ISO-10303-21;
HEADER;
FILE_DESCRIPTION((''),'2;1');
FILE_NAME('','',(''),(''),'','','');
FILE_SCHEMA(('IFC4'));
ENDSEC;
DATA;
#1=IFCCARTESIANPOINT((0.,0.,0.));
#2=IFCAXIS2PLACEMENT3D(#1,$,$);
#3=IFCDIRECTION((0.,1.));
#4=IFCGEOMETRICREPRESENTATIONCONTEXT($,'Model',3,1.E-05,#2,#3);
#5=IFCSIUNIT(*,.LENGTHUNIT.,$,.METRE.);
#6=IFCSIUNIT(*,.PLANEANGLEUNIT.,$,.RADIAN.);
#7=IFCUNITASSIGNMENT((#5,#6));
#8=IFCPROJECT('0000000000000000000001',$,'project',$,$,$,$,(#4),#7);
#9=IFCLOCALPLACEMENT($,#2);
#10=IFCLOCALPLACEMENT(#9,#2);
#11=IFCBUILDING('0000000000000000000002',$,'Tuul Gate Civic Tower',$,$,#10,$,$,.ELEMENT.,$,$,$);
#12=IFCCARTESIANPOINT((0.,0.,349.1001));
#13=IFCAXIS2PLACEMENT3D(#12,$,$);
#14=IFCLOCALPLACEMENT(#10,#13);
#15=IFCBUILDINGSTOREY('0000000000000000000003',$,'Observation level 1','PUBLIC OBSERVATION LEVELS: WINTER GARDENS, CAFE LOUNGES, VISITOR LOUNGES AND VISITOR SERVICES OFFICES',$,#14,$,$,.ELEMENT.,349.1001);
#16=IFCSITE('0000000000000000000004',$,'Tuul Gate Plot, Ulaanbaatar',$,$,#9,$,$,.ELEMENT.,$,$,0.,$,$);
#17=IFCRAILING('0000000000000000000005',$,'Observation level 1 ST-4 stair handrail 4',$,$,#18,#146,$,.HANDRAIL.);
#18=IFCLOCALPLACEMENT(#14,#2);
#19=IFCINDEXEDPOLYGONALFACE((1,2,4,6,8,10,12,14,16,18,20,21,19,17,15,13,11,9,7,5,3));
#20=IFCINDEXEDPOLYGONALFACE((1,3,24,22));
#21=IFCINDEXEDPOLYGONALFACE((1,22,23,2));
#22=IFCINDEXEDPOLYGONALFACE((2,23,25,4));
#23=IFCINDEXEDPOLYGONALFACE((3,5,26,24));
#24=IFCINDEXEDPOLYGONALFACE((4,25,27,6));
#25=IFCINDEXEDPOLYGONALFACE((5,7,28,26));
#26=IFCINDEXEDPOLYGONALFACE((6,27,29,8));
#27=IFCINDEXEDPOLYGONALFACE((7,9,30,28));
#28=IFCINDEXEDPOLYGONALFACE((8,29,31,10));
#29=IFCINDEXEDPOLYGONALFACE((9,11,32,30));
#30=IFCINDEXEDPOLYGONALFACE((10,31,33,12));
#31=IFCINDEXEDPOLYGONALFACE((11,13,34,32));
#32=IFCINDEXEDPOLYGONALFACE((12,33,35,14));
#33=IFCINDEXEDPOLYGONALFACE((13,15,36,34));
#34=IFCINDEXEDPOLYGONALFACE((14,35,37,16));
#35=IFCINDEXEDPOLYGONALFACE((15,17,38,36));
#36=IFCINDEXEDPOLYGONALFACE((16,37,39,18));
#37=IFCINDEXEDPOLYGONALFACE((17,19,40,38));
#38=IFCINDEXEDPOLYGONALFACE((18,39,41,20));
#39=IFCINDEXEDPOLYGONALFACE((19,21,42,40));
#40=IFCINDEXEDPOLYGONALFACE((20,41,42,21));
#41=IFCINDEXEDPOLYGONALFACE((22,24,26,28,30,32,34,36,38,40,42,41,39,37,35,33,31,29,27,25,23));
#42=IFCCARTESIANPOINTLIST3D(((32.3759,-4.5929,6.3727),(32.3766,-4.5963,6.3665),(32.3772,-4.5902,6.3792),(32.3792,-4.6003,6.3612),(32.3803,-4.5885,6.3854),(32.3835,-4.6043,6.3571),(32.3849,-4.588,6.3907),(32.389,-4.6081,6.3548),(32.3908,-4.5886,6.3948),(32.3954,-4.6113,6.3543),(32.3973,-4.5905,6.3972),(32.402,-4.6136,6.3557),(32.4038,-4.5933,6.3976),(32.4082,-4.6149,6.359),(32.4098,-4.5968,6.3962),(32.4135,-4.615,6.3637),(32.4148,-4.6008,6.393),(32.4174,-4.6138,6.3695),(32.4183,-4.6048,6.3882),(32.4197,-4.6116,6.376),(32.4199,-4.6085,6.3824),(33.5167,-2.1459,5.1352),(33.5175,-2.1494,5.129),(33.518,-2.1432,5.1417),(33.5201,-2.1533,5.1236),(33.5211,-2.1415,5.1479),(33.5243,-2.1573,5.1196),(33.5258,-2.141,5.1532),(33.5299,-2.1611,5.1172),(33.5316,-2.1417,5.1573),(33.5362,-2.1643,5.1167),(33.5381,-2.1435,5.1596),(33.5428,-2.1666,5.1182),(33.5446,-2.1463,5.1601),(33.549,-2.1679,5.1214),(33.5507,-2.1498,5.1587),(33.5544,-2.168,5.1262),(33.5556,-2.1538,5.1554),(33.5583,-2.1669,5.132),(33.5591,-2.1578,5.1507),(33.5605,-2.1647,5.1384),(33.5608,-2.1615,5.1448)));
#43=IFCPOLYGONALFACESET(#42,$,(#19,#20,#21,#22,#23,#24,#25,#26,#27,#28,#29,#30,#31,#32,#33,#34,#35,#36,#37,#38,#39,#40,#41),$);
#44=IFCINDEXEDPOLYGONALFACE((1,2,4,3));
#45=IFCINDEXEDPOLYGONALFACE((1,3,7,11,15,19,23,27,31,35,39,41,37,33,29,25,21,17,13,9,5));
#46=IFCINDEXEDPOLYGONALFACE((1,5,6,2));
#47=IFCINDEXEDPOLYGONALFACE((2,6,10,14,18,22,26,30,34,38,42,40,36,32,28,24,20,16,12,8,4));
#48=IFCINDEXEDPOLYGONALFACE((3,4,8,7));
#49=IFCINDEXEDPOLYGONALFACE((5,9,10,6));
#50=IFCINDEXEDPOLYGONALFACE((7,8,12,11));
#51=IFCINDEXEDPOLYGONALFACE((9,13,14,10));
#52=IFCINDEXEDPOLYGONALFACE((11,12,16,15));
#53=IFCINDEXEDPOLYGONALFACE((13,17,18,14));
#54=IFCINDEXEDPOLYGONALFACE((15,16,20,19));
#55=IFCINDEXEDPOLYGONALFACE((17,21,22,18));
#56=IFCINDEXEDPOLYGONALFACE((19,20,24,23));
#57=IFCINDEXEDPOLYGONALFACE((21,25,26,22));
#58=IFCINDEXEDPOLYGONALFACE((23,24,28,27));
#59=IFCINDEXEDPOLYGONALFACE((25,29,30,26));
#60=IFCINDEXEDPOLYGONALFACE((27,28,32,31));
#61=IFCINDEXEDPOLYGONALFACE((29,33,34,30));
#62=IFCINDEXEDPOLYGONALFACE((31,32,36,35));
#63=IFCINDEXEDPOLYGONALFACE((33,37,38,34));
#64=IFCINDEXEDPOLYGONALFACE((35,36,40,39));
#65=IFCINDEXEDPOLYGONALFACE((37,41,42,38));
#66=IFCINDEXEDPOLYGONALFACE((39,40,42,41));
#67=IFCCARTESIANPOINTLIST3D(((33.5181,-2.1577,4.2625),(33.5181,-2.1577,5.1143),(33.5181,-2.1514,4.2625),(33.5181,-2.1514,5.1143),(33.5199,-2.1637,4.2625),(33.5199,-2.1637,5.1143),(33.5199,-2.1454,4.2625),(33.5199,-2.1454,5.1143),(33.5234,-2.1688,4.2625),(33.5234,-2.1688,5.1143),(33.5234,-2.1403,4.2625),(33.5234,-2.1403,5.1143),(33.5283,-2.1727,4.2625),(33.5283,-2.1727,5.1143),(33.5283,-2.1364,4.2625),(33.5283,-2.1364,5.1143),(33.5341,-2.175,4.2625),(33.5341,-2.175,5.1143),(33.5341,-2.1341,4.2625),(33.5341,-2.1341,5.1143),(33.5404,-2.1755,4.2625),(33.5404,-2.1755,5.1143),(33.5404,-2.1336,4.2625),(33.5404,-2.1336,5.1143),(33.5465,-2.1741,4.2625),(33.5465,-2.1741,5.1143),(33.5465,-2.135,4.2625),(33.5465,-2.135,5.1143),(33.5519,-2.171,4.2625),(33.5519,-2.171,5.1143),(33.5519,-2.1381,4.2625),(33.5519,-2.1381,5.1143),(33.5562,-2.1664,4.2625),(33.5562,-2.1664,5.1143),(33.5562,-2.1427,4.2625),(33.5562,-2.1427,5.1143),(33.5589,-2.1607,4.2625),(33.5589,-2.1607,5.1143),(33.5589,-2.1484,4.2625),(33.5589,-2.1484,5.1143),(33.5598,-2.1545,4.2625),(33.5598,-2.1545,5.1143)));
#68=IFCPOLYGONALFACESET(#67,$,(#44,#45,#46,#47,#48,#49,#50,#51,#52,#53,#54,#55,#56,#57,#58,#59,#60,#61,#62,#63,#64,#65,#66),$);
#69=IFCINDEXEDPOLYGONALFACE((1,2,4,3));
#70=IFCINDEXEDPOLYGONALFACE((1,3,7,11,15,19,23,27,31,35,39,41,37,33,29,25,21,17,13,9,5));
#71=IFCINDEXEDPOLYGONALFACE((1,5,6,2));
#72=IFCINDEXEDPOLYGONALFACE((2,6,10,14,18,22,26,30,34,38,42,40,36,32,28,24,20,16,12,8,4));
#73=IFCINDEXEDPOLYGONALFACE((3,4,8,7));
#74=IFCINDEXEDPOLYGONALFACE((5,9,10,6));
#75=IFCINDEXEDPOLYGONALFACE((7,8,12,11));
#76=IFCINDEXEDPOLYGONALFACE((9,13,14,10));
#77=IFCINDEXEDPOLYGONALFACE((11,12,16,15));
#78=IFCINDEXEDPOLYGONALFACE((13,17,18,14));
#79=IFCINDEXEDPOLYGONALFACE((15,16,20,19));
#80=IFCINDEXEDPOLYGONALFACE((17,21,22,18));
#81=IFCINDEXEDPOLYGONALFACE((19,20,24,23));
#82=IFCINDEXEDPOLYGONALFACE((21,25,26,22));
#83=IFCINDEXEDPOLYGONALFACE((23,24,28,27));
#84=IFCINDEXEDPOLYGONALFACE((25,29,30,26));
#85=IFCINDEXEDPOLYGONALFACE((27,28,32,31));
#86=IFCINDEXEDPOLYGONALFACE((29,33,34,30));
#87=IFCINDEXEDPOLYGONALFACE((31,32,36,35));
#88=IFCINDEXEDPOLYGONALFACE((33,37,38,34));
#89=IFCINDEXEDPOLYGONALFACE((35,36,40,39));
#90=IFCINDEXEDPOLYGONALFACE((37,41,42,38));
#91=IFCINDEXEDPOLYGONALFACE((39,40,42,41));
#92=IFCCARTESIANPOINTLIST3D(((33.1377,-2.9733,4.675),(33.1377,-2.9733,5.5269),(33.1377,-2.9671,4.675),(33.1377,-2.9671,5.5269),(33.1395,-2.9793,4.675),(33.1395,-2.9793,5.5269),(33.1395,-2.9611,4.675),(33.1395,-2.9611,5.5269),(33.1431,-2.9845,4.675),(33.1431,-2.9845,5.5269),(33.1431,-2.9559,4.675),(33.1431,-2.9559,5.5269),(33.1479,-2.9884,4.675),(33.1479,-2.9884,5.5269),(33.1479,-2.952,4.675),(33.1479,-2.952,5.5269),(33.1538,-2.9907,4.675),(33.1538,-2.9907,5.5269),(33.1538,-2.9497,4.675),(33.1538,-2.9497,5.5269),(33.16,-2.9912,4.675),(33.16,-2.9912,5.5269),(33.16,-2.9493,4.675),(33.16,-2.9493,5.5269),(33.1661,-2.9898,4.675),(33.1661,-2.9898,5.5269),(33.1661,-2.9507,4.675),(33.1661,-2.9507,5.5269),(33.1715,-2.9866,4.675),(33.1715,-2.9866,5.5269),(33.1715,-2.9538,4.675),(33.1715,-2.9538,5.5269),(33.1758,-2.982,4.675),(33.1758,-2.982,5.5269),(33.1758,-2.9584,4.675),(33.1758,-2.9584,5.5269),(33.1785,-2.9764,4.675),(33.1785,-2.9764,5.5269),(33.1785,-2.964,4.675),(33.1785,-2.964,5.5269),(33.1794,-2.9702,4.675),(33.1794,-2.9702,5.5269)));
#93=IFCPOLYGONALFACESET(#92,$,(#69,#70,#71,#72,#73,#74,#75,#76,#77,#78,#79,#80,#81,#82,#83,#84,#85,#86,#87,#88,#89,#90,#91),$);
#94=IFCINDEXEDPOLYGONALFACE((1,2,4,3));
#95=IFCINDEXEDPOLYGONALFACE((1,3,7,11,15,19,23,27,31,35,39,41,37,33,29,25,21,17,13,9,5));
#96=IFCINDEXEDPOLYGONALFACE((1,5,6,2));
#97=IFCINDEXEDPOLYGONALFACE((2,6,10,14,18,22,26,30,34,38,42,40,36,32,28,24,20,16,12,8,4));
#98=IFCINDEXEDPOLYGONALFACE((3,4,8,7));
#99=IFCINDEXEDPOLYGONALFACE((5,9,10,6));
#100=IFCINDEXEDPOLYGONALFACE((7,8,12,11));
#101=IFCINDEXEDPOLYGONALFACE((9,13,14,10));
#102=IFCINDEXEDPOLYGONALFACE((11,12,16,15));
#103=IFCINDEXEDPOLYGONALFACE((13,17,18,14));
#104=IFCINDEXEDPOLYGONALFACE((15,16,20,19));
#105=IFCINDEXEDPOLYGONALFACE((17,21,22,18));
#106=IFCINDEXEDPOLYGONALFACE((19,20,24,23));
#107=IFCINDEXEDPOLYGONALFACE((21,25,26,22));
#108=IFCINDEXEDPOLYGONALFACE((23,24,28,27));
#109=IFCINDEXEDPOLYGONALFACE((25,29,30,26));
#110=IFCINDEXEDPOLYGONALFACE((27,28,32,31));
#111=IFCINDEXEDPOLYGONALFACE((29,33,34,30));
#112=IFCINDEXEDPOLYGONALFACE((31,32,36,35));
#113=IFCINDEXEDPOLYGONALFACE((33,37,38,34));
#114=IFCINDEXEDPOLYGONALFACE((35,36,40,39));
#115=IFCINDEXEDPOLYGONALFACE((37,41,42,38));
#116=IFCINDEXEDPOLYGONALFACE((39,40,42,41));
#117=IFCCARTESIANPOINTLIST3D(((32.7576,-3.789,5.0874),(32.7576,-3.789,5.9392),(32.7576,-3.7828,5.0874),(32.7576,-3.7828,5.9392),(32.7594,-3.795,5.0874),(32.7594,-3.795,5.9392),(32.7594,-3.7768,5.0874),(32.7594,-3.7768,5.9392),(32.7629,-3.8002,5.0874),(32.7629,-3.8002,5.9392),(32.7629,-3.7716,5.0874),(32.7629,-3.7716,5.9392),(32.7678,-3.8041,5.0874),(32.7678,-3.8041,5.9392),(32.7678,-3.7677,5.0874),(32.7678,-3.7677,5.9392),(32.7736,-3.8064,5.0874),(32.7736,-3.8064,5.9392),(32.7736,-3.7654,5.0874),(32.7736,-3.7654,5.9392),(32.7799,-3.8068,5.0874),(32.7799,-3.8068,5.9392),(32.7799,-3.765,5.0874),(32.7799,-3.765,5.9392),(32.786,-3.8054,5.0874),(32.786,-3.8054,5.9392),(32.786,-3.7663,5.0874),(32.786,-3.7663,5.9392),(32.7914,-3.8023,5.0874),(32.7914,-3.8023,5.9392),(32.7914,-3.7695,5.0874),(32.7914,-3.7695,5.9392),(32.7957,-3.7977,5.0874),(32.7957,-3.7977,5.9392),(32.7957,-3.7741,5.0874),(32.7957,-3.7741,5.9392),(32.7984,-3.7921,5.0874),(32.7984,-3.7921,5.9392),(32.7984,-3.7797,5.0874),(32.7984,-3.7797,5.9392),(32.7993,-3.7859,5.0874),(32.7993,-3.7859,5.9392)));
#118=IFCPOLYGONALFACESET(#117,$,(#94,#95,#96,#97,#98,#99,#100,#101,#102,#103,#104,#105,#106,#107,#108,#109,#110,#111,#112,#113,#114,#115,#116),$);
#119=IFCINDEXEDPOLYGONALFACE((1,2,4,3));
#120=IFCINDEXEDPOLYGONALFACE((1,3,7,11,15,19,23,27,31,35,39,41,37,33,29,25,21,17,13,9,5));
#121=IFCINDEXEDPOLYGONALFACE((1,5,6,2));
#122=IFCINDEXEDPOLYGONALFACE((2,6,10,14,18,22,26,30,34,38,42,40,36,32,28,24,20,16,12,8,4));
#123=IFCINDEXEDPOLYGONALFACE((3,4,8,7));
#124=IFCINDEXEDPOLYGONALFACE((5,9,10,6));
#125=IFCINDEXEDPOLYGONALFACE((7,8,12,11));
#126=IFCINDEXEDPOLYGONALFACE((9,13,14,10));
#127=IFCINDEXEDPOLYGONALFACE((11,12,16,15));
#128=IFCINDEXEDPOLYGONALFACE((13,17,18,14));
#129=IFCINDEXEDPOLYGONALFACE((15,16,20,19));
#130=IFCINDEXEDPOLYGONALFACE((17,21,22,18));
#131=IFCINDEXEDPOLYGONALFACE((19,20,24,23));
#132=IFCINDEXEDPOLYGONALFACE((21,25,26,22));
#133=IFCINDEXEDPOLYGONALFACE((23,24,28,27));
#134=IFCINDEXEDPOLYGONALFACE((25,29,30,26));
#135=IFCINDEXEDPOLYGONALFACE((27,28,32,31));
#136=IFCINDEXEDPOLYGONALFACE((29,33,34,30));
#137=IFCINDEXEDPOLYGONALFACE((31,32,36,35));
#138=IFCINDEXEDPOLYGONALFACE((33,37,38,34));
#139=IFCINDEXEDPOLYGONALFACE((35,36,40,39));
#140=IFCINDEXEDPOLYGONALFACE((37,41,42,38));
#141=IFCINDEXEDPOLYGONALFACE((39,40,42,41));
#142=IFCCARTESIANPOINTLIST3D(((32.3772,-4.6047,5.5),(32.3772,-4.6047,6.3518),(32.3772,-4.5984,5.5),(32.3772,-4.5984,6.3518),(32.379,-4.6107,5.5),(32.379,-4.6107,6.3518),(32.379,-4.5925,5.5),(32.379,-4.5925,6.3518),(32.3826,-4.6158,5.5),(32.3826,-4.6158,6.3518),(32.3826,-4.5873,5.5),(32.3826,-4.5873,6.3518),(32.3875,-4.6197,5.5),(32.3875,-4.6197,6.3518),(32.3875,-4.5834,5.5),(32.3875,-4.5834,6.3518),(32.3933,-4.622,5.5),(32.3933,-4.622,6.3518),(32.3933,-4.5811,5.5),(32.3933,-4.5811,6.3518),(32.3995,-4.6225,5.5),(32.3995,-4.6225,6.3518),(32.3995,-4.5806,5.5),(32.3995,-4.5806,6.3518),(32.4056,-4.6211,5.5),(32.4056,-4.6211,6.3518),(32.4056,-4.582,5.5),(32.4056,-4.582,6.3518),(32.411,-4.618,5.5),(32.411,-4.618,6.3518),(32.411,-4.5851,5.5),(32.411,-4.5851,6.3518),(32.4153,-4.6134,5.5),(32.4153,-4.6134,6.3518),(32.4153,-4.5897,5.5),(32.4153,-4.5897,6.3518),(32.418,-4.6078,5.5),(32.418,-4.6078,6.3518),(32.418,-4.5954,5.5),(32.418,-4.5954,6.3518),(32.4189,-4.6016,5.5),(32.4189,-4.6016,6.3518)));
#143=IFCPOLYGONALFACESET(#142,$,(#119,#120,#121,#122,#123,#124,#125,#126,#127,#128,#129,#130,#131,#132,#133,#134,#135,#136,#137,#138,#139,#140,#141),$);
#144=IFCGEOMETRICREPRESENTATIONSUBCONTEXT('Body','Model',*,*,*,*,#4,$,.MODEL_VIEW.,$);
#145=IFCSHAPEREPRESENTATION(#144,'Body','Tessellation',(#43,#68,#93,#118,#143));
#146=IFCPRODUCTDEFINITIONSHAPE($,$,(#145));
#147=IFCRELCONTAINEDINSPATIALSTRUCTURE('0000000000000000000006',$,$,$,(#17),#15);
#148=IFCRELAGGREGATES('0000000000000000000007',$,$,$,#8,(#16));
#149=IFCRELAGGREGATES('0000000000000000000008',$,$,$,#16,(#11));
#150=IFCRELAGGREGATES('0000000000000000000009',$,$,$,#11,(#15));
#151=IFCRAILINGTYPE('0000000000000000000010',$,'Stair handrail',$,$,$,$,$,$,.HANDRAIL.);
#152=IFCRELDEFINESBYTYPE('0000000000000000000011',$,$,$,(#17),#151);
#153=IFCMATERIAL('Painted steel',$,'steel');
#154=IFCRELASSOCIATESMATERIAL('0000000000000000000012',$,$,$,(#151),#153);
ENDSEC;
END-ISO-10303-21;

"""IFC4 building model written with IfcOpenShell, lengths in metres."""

from ifc_helpers import new_model, si_unit, direction, frame, origin, origin_2d, place, context, subcontext, project, spatial, circle, extrude, material, type_object, element, save


model = new_model("IFC4")

# Units and contexts
model_context = context("Model", 3, precision=1e-05, world=origin(), true_north=direction((0.0, 1.0)))
body_context = subcontext(model_context, "Body", "Model", "MODEL_VIEW")
ifc_project = project(units=[si_unit("LENGTHUNIT", "METRE"), si_unit("PLANEANGLEUNIT", "RADIAN")], contexts=[model_context])

# Site, building, storey
site_placement = place(None, origin())
site = spatial("IfcSite", under=ifc_project, at=site_placement, Name="Tuul Gate Plot, Ulaanbaatar", CompositionType="ELEMENT", RefElevation=0.0)
building_placement = place(site_placement, origin())
building = spatial("IfcBuilding", under=site, at=building_placement, Name="Tuul Gate Civic Tower", CompositionType="ELEMENT")
storey_placement = place(building_placement, frame((0.0, 0.0, 349.1001)))
storey = spatial("IfcBuildingStorey", under=building, at=storey_placement, Name="Observation level 1", Description="PUBLIC OBSERVATION LEVELS: WINTER GARDENS, CAFE LOUNGES, VISITOR LOUNGES AND VISITOR SERVICES OFFICES", CompositionType="ELEMENT", Elevation=349.1001)

# Railing
ifc_material_1 = material(Name="Painted steel", Category="steel")
railing_type_1 = type_object("IfcRailingType", Name="Stair handrail", PredefinedType="HANDRAIL", material=ifc_material_1)
for number, where, name in (
    (1, (33.5388, -2.1545, 4.2625), "Observation level 1 ST-4 stair handrail 4"),
):
    element("IfcRailing", number, at=place(storey_placement, frame(where)), inside=storey, type_object=railing_type_1, Name=name, PredefinedType="HANDRAIL", context=body_context, shape_type="SweptSolid", body=[
        extrude(circle(Radius=0.0239, at=origin_2d()), frame((0.0, 0.0, 0.876), z_axis=(-0.384128, -0.823907, 0.41668), x_axis=(0.906336, -0.422559, 0.0)), (0.0, 0.0, 1.0), 2.97),
        extrude(circle(Radius=0.021, at=origin_2d()), origin(), (0.0, 0.0, 1.0), 0.8518),
        extrude(circle(Radius=0.021, at=origin_2d()), frame((-0.3804, -0.8157, 0.4126)), (0.0, 0.0, 1.0), 0.8518),
        extrude(circle(Radius=0.021, at=origin_2d()), frame((-0.7605, -1.6313, 0.825)), (0.0, 0.0, 1.0), 0.8518),
        extrude(circle(Radius=0.021, at=origin_2d()), frame((-1.1409, -2.447, 1.2375)), (0.0, 0.0, 1.0), 0.8518),
    ])

save(model, "model.ifc")
